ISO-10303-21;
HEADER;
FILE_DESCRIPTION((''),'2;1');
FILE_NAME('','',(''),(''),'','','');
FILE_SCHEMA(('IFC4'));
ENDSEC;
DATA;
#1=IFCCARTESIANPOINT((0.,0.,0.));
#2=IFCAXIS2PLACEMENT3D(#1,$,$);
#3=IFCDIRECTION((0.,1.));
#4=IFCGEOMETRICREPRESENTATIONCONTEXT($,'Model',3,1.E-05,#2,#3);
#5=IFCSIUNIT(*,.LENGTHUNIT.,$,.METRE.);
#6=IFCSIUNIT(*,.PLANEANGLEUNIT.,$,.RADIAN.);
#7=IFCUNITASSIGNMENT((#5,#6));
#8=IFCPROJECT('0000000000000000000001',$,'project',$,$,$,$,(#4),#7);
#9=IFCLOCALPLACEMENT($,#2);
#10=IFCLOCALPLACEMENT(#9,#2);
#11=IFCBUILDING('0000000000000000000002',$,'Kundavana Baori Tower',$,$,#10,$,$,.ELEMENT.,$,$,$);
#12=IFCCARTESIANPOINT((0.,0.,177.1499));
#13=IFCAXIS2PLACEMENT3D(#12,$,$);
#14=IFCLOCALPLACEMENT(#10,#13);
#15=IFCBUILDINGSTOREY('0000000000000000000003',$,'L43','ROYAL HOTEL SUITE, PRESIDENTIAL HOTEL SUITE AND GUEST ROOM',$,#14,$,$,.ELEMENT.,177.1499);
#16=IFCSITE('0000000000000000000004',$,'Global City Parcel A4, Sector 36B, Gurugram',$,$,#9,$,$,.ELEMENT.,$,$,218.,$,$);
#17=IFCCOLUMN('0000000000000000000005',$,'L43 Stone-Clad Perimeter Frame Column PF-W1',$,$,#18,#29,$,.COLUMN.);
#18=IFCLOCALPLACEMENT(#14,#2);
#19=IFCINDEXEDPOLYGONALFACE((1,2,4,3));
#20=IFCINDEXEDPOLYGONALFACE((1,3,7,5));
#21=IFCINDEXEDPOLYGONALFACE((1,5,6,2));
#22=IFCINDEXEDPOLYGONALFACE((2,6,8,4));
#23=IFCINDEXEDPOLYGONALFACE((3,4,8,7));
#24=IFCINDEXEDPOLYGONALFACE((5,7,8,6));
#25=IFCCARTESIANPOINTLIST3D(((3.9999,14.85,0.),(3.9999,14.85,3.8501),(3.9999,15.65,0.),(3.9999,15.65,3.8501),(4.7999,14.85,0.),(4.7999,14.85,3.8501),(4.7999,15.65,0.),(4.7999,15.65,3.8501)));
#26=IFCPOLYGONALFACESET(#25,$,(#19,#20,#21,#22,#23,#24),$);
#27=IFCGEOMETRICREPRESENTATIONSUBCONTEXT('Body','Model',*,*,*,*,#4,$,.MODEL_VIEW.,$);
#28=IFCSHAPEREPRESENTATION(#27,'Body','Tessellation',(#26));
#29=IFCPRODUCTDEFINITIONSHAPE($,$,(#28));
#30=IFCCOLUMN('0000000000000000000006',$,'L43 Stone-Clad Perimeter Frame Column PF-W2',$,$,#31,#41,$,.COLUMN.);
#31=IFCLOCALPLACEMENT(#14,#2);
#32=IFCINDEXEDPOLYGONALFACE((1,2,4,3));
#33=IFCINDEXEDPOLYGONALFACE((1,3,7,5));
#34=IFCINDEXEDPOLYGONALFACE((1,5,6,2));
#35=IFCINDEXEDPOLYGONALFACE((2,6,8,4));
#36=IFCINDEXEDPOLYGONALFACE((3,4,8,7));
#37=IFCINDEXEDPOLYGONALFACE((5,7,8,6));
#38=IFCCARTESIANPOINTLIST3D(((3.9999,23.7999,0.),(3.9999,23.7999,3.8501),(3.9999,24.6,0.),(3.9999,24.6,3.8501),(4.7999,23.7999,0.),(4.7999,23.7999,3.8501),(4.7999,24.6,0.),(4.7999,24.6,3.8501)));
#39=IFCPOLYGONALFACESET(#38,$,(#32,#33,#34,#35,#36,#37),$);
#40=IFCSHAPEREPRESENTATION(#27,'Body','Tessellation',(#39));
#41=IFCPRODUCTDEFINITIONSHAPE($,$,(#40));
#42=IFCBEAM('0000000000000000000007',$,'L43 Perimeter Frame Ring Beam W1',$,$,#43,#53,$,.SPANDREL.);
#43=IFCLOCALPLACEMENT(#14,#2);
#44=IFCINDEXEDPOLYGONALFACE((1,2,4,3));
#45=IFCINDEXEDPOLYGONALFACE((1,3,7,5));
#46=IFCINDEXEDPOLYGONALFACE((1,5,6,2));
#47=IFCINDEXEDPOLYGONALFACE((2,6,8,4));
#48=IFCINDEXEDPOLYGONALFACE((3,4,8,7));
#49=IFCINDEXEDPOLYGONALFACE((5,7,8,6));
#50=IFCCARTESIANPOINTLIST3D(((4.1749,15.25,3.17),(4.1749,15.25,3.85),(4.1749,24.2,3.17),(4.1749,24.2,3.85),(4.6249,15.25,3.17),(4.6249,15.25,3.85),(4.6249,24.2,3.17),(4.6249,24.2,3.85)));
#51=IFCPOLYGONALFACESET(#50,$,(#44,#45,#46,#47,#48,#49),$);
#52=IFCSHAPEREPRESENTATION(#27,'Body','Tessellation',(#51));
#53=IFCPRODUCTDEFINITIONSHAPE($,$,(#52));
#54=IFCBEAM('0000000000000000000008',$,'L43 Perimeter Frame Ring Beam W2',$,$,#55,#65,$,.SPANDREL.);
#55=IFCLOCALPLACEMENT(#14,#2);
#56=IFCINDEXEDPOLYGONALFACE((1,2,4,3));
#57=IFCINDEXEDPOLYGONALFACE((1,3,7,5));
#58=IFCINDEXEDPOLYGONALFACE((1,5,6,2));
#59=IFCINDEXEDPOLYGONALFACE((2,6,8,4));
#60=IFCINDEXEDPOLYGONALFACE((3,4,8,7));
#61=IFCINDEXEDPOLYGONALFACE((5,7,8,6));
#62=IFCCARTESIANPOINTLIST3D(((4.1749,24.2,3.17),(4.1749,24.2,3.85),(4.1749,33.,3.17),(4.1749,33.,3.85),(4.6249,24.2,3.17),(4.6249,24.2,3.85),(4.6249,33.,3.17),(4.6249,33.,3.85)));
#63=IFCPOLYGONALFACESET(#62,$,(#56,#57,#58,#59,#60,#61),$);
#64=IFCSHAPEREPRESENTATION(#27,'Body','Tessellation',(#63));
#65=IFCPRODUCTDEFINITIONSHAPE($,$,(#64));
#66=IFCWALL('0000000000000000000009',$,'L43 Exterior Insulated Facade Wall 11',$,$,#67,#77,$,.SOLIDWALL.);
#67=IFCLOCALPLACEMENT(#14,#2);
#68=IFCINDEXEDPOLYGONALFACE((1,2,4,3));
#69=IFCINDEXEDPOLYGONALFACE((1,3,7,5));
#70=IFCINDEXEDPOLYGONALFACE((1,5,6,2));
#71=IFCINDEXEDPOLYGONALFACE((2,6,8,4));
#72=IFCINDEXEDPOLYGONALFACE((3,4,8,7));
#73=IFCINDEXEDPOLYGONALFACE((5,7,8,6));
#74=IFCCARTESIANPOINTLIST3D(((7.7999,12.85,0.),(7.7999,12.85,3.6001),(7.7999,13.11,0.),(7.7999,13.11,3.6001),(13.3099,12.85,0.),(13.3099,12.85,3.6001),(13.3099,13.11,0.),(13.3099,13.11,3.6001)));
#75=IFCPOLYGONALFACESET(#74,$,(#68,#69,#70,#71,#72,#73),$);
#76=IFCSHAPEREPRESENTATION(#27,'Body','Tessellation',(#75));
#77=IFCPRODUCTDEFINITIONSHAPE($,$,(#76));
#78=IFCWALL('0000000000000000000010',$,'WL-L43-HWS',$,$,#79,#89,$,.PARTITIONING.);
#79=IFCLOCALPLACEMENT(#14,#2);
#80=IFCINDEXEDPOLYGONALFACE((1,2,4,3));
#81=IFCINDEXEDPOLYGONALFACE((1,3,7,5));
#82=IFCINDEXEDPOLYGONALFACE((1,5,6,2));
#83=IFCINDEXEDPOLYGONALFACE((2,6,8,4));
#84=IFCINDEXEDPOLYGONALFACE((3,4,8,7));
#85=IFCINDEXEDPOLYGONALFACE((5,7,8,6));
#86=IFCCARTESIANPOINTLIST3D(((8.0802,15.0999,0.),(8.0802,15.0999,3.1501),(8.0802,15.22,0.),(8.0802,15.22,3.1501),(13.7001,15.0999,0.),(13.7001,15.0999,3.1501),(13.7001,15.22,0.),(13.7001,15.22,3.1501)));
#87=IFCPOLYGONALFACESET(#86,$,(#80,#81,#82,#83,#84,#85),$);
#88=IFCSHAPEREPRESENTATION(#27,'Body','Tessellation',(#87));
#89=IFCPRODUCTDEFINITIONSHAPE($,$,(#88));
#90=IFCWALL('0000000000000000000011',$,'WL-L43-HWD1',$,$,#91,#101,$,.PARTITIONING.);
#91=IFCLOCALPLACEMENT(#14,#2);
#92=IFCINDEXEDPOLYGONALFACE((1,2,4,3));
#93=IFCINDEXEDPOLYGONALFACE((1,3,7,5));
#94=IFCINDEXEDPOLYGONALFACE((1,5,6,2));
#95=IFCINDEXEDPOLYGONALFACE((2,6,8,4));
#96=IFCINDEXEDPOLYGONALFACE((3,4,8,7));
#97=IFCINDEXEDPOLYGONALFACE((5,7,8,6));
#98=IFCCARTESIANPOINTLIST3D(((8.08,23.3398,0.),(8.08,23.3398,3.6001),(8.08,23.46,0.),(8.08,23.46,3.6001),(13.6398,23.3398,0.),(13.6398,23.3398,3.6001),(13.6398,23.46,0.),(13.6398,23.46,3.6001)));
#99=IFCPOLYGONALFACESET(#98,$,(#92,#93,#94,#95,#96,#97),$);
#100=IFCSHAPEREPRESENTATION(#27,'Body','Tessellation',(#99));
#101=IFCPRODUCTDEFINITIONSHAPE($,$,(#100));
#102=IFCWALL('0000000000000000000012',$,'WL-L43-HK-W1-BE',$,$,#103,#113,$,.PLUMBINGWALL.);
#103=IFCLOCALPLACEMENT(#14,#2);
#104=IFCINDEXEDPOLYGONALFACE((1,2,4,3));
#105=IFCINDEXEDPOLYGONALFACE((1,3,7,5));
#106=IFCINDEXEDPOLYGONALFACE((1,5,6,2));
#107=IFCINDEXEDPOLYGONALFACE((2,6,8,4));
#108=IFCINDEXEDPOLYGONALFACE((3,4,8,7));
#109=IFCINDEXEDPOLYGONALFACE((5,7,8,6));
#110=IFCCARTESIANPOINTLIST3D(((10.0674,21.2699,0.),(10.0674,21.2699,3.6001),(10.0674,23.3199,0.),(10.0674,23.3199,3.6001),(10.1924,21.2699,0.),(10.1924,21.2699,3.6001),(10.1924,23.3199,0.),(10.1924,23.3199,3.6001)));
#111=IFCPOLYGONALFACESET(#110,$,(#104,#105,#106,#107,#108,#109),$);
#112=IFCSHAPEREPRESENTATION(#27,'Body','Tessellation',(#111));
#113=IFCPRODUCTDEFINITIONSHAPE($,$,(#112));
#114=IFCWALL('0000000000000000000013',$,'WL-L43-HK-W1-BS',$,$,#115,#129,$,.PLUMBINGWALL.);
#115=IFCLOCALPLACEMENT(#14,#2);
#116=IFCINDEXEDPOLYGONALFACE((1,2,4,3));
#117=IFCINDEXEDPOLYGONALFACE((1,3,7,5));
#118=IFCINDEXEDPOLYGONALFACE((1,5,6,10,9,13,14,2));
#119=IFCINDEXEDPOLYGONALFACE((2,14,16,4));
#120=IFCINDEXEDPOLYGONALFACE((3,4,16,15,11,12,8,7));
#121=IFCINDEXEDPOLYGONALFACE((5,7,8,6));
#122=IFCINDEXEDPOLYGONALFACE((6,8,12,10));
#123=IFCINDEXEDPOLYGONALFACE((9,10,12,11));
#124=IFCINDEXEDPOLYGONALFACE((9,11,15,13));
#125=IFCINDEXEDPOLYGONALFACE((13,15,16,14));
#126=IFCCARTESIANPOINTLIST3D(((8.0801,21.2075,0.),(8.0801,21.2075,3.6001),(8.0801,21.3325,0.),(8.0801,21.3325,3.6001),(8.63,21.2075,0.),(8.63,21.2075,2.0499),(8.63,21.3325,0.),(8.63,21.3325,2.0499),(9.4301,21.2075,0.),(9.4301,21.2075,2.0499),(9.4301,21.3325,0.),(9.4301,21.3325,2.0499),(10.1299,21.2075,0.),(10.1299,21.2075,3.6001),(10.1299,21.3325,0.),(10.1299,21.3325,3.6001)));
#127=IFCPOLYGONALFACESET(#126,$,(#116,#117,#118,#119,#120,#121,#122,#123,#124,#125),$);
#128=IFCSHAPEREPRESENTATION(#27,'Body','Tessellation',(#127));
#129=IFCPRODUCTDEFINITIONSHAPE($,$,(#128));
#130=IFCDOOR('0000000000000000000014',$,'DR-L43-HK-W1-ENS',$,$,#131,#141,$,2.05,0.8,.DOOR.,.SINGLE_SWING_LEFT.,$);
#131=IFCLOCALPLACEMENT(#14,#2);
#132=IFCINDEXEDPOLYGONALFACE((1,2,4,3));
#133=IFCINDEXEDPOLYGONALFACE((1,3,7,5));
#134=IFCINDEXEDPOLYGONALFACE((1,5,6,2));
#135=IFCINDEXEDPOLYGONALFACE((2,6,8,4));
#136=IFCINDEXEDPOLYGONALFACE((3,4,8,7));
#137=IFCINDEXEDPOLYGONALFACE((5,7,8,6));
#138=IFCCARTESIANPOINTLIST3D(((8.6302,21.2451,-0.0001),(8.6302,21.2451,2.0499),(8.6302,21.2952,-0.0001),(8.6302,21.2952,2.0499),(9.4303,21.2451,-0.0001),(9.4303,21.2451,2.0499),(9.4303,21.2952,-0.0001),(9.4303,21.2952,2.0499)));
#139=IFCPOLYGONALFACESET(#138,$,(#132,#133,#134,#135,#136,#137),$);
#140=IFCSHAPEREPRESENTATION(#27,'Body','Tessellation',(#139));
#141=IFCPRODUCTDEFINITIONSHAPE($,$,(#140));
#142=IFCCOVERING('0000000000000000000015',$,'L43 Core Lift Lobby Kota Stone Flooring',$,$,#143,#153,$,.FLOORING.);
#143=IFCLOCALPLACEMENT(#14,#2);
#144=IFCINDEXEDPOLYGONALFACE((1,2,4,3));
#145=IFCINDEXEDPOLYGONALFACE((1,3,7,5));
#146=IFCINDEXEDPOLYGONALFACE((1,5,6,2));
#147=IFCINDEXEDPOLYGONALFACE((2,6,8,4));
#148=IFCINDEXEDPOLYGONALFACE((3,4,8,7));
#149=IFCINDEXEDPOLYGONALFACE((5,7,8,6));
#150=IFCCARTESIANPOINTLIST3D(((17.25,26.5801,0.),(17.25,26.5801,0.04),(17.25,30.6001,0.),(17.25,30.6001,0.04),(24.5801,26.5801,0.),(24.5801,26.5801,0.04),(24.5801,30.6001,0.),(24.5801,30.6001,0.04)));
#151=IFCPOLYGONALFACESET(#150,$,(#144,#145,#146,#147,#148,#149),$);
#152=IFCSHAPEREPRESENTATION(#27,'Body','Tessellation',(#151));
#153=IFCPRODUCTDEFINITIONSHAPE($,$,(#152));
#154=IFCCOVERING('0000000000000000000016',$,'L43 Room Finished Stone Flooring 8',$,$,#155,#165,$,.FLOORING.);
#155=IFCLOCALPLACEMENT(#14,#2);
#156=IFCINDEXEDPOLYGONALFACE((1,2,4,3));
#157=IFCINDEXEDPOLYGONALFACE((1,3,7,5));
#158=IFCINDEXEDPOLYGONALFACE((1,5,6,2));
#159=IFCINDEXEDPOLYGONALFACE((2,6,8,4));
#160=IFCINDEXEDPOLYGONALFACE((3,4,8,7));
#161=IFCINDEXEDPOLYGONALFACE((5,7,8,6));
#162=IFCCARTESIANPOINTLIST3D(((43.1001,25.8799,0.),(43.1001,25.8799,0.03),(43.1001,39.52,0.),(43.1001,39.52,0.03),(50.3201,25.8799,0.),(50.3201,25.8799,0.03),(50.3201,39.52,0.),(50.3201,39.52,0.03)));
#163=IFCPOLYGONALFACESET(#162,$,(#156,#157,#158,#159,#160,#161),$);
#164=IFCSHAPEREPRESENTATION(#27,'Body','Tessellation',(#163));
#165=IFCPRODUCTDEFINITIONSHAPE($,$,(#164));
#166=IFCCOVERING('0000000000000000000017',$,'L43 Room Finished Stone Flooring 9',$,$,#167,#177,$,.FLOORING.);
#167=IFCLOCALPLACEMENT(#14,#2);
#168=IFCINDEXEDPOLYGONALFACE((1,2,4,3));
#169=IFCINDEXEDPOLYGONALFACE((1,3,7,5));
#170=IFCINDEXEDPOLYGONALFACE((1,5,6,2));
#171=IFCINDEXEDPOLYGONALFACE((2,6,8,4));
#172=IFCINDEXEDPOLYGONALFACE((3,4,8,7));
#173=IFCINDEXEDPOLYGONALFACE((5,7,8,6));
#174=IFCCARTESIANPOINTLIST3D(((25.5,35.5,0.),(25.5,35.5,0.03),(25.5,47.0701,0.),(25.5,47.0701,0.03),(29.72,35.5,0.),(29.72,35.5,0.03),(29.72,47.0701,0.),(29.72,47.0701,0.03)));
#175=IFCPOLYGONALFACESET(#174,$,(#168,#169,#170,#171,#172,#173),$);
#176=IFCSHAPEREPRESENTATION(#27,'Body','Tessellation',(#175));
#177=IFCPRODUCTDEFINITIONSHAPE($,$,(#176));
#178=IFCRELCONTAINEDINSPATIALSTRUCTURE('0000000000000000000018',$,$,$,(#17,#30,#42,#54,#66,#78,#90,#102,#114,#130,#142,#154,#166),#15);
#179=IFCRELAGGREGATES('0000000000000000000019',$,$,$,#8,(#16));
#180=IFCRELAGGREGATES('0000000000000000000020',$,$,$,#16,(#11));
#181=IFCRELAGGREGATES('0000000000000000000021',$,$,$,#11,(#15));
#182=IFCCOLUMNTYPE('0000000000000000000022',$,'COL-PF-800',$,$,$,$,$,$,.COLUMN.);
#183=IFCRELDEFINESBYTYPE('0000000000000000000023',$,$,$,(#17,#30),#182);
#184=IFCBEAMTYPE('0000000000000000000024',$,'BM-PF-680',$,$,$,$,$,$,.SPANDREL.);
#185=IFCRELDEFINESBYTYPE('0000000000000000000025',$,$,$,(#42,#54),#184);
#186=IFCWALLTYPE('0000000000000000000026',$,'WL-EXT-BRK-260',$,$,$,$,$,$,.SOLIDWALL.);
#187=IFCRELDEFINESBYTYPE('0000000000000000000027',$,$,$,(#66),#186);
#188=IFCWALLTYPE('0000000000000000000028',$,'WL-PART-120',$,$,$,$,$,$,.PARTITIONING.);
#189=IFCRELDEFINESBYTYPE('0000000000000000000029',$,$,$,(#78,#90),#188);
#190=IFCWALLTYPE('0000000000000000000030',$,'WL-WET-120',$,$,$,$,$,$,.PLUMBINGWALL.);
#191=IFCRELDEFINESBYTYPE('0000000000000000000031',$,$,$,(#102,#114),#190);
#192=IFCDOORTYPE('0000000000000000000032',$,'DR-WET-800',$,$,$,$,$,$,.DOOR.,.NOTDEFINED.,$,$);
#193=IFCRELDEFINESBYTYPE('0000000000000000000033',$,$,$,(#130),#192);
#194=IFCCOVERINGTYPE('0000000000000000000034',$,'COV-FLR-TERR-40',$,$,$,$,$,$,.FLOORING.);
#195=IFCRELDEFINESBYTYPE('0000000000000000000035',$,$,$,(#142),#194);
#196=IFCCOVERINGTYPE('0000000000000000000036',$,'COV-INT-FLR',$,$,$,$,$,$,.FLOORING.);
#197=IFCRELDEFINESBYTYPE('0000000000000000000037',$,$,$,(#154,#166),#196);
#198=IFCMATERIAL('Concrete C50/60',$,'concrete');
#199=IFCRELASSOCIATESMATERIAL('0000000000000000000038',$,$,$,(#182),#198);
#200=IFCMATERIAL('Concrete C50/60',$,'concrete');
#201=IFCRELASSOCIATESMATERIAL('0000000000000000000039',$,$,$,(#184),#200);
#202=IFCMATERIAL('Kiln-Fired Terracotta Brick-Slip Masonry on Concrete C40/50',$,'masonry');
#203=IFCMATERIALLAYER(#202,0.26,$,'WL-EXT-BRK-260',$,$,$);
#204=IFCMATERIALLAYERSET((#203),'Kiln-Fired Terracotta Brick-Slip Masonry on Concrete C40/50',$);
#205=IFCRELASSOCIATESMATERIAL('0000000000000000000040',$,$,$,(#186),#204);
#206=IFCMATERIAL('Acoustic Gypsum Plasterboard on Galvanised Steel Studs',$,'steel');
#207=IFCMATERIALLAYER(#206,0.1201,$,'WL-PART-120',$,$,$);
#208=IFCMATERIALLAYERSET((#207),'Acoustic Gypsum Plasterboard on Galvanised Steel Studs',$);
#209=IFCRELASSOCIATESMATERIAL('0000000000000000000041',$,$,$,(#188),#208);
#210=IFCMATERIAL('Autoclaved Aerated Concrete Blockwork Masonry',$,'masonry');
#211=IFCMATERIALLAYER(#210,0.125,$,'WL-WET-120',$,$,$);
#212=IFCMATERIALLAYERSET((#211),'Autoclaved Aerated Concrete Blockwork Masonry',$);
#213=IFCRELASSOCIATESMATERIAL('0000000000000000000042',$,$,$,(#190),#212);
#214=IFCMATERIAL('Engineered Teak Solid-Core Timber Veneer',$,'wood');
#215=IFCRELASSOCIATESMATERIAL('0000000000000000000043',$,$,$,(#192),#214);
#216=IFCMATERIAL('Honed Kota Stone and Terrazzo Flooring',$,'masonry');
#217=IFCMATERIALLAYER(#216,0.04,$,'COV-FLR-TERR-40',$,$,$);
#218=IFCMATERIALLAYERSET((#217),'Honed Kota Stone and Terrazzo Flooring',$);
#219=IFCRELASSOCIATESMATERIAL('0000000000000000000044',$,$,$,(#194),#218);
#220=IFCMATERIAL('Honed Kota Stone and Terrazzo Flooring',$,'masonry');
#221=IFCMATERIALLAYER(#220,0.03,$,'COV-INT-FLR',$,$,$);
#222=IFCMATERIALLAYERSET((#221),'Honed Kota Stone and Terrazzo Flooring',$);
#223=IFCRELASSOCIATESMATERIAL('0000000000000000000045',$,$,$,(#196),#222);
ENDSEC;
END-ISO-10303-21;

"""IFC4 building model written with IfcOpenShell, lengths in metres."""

from ifc_helpers import new_model, si_unit, direction, frame, frame_2d, origin, origin_2d, place, context, subcontext, project, spatial, polyline, rectangle, outline, extrude, material, layer, layer_set, material_profile, profile_set, type_object, element, fill, save


model = new_model("IFC4")

# Units and contexts
model_context = context("Model", 3, precision=1e-05, world=origin(), true_north=direction((0.0, 1.0)))
body_context = subcontext(model_context, "Body", "Model", "MODEL_VIEW")
ifc_project = project(units=[si_unit("LENGTHUNIT", "METRE"), si_unit("PLANEANGLEUNIT", "RADIAN")], contexts=[model_context])

# Site, building, storey
site_placement = place(None, origin())
site = spatial("IfcSite", under=ifc_project, at=site_placement, Name="Global City Parcel A4, Sector 36B, Gurugram", CompositionType="ELEMENT", RefElevation=218.0)
building_placement = place(site_placement, origin())
building = spatial("IfcBuilding", under=site, at=building_placement, Name="Kundavana Baori Tower", CompositionType="ELEMENT")
storey_placement = place(building_placement, frame((0.0, 0.0, 177.1499)))
storey = spatial("IfcBuildingStorey", under=building, at=storey_placement, Name="L43", Description="ROYAL HOTEL SUITE, PRESIDENTIAL HOTEL SUITE AND GUEST ROOM", CompositionType="ELEMENT", Elevation=177.1499)

# Columns
ifc_material_1 = material(Name="Concrete C50/60", Category="concrete")
ifc_material_profile_1 = material_profile(ifc_material_1, rectangle(XDim=0.8, YDim=0.8, at=origin_2d()), Name="RC PF 800x800")
ifc_profile_set_1 = profile_set([ifc_material_profile_1], Name="Concrete C50/60")
column_type = type_object("IfcColumnType", Name="COL-PF-800", PredefinedType="COLUMN", material=ifc_profile_set_1)
for number, where, z_axis, x_axis, name in (
    (1, (4.3999, 15.25, 0.0), (0.0, 0.0, 1.0), (1.0, 0.0, 0.0), "L43 Stone-Clad Perimeter Frame Column PF-W1"),
    (2, (4.3999, 24.2, 0.0), (0.0, 0.0, 1.0), (1.0, 0.0, 0.0), "L43 Stone-Clad Perimeter Frame Column PF-W2"),
):
    element("IfcColumn", number, at=place(storey_placement, frame(where, z_axis=z_axis, x_axis=x_axis)), inside=storey, type_object=column_type, Name=name, PredefinedType="COLUMN", context=body_context, shape_type="SweptSolid", body=[
        extrude(rectangle(XDim=0.8, YDim=0.8, at=origin_2d()), origin(), (0.0, 0.0, 1.0), 3.8501),
    ])

# Beams
ifc_material_2 = material(Name="Concrete C50/60", Category="concrete")
ifc_material_profile_2 = material_profile(ifc_material_2, rectangle(XDim=0.45, YDim=0.6799, at=origin_2d()), Name="RC BM 450x680")
ifc_profile_set_2 = profile_set([ifc_material_profile_2], Name="Concrete C50/60")
beam_type = type_object("IfcBeamType", Name="BM-PF-680", PredefinedType="SPANDREL", material=ifc_profile_set_2)
beam_1_placement = place(storey_placement, frame((4.3999, 15.25, 3.51), z_axis=(0.0, 1.0, 0.0), x_axis=(-1.0, 0.0, 0.0)))
element("IfcBeam", 3, at=beam_1_placement, inside=storey, type_object=beam_type, Name="L43 Perimeter Frame Ring Beam W1", PredefinedType="SPANDREL", context=body_context, shape_type="SweptSolid", body=[
    extrude(rectangle(XDim=0.45, YDim=0.6799, at=origin_2d()), origin(), (0.0, 0.0, 1.0), 8.95),
])
beam_2_placement = place(storey_placement, frame((4.3999, 24.2, 3.51), z_axis=(0.0, 1.0, 0.0), x_axis=(-1.0, 0.0, 0.0)))
element("IfcBeam", 4, at=beam_2_placement, inside=storey, type_object=beam_type, Name="L43 Perimeter Frame Ring Beam W2", PredefinedType="SPANDREL", context=body_context, shape_type="SweptSolid", body=[
    extrude(rectangle(XDim=0.45, YDim=0.6799, at=origin_2d()), origin(), (0.0, 0.0, 1.0), 8.8),
])

# Shared definitions
ifc_material_3 = material(Name="Kiln-Fired Terracotta Brick-Slip Masonry on Concrete C40/50", Category="masonry")
ifc_layer_1 = layer(ifc_material_3, 0.26, Name="WL-EXT-BRK-260")
ifc_layer_set_1 = layer_set([ifc_layer_1], Name="Kiln-Fired Terracotta Brick-Slip Masonry on Concrete C40/50")
wall_type_1 = type_object("IfcWallType", Name="WL-EXT-BRK-260", PredefinedType="SOLIDWALL", material=ifc_layer_set_1)

# Walls
wall_1_placement = place(storey_placement, frame((7.8, 12.98, 0.0), z_axis=(0.0, 0.0, 1.0), x_axis=(1.0, 0.0, 0.0)))
element("IfcWall", 5, at=wall_1_placement, inside=storey, type_object=wall_type_1, Name="L43 Exterior Insulated Facade Wall 11", PredefinedType="SOLIDWALL", context=body_context, shape_type="SweptSolid", body=[
    extrude(rectangle(XDim=5.51, YDim=0.26, at=frame_2d((2.7549, 0.0))), origin(), (0.0, 0.0, 1.0), 3.6001),
])
ifc_material_4 = material(Name="Acoustic Gypsum Plasterboard on Galvanised Steel Studs", Category="steel")
ifc_layer_2 = layer(ifc_material_4, 0.1201, Name="WL-PART-120")
ifc_layer_set_2 = layer_set([ifc_layer_2], Name="Acoustic Gypsum Plasterboard on Galvanised Steel Studs")
wall_type_2 = type_object("IfcWallType", Name="WL-PART-120", PredefinedType="PARTITIONING", material=ifc_layer_set_2)
wall_2_placement = place(storey_placement, frame((8.0801, 15.1599, 0.0), z_axis=(0.0, 0.0, 1.0), x_axis=(1.0, 0.0, 0.0)))
element("IfcWall", 6, at=wall_2_placement, inside=storey, type_object=wall_type_2, Name="WL-L43-HWS", PredefinedType="PARTITIONING", context=body_context, shape_type="SweptSolid", body=[
    extrude(rectangle(XDim=5.6199, YDim=0.1201, at=frame_2d((2.8101, 0.0))), origin(), (0.0, 0.0, 1.0), 3.1501),
])
wall_3_placement = place(storey_placement, frame((8.0801, 23.3999, 0.0), z_axis=(0.0, 0.0, 1.0), x_axis=(1.0, 0.0, 0.0)))
element("IfcWall", 7, at=wall_3_placement, inside=storey, type_object=wall_type_2, Name="WL-L43-HWD1", PredefinedType="PARTITIONING", context=body_context, shape_type="SweptSolid", body=[
    extrude(rectangle(XDim=5.5598, YDim=0.1201, at=frame_2d((2.7798, 0.0))), origin(), (0.0, 0.0, 1.0), 3.6001),
])
ifc_material_5 = material(Name="Autoclaved Aerated Concrete Blockwork Masonry", Category="masonry")
ifc_layer_3 = layer(ifc_material_5, 0.125, Name="WL-WET-120")
ifc_layer_set_3 = layer_set([ifc_layer_3], Name="Autoclaved Aerated Concrete Blockwork Masonry")
wall_type_3 = type_object("IfcWallType", Name="WL-WET-120", PredefinedType="PLUMBINGWALL", material=ifc_layer_set_3)
wall_4_placement = place(storey_placement, frame((10.1299, 21.27, 0.0), z_axis=(0.0, 0.0, 1.0), x_axis=(0.0, 1.0, 0.0)))
element("IfcWall", 8, at=wall_4_placement, inside=storey, type_object=wall_type_3, Name="WL-L43-HK-W1-BE", PredefinedType="PLUMBINGWALL", context=body_context, shape_type="SweptSolid", body=[
    extrude(rectangle(XDim=2.05, YDim=0.125, at=frame_2d((1.0249, 0.0))), origin(), (0.0, 0.0, 1.0), 3.6001),
])

# Wall, opening, door
wall_5_placement = place(storey_placement, frame((8.0801, 21.27, 0.0), z_axis=(0.0, 0.0, 1.0), x_axis=(1.0, 0.0, 0.0)))
wall_5 = element("IfcWall", 9, at=wall_5_placement, inside=storey, type_object=wall_type_3, Name="WL-L43-HK-W1-BS", PredefinedType="PLUMBINGWALL", context=body_context, shape_type="SweptSolid", body=[
    extrude(rectangle(XDim=2.0498, YDim=0.125, at=frame_2d((1.0249, 0.0))), origin(), (0.0, 0.0, 1.0), 3.6001),
])
opening_1_placement = place(wall_5_placement, frame((0.55, 0.0, 0.0)))
opening_1 = element("IfcOpeningElement", 10, at=opening_1_placement, cuts=wall_5, PredefinedType="OPENING", context=body_context, shape_type="SweptSolid", body=[
    extrude(rectangle(XDim=0.8, YDim=2.05, at=frame_2d((0.3999, 1.0249))), frame((0.0, 0.0725, 0.0), z_axis=(0.0, -1.0, 0.0), x_axis=(1.0, 0.0, 0.0)), (0.0, 0.0, 1.0), 0.145),
])
ifc_material_6 = material(Name="Engineered Teak Solid-Core Timber Veneer", Category="wood")
door_type_1 = type_object("IfcDoorType", Name="DR-WET-800", OperationType="NOTDEFINED", PredefinedType="DOOR", material=ifc_material_6)
door_1_placement = place(opening_1_placement, frame((0.8, 0.0, 0.0), z_axis=(0.0, 0.0, 1.0), x_axis=(-1.0, 0.0, 0.0)))
door_1 = element("IfcDoor", 11, at=door_1_placement, inside=storey, type_object=door_type_1, Name="DR-L43-HK-W1-ENS", OperationType="SINGLE_SWING_LEFT", OverallHeight=2.05, OverallWidth=0.8, PredefinedType="DOOR", context=body_context, shape_type="SweptSolid", body=[
    extrude(rectangle(XDim=0.8, YDim=2.05, at=frame_2d((0.3999, 1.0249))), frame((0.0, 0.0249, 0.0), z_axis=(0.0, -1.0, 0.0), x_axis=(1.0, 0.0, 0.0)), (0.0, 0.0, 1.0), 0.05),
])
fill(opening_1, door_1)

# Coverings
ifc_material_7 = material(Name="Honed Kota Stone and Terrazzo Flooring", Category="masonry")
ifc_layer_4 = layer(ifc_material_7, 0.04, Name="COV-FLR-TERR-40")
ifc_layer_set_4 = layer_set([ifc_layer_4], Name="Honed Kota Stone and Terrazzo Flooring")
covering_type_1 = type_object("IfcCoveringType", Name="COV-FLR-TERR-40", PredefinedType="FLOORING", material=ifc_layer_set_4)
covering_1_placement = place(storey_placement, origin())
element("IfcCovering", 12, at=covering_1_placement, inside=storey, type_object=covering_type_1, Name="L43 Core Lift Lobby Kota Stone Flooring", PredefinedType="FLOORING", context=body_context, shape_type="SweptSolid", body=[
    extrude(outline(polyline([(17.25, 26.5801), (24.5801, 26.5801), (24.5801, 30.6001), (17.25, 30.6001), (17.25, 26.5801)])), origin(), (0.0, 0.0, 1.0), 0.04),
])
ifc_material_8 = material(Name="Honed Kota Stone and Terrazzo Flooring", Category="masonry")
ifc_layer_5 = layer(ifc_material_8, 0.03, Name="COV-INT-FLR")
ifc_layer_set_5 = layer_set([ifc_layer_5], Name="Honed Kota Stone and Terrazzo Flooring")
covering_type_2 = type_object("IfcCoveringType", Name="COV-INT-FLR", PredefinedType="FLOORING", material=ifc_layer_set_5)
covering_2_placement = place(storey_placement, origin())
element("IfcCovering", 13, at=covering_2_placement, inside=storey, type_object=covering_type_2, Name="L43 Room Finished Stone Flooring 8", PredefinedType="FLOORING", context=body_context, shape_type="SweptSolid", body=[
    extrude(outline(polyline([(43.1001, 25.8799), (50.3201, 25.8799), (50.3201, 39.52), (43.1001, 39.52), (43.1001, 25.8799)])), origin(), (0.0, 0.0, 1.0), 0.03),
])
covering_3_placement = place(storey_placement, origin())
element("IfcCovering", 14, at=covering_3_placement, inside=storey, type_object=covering_type_2, Name="L43 Room Finished Stone Flooring 9", PredefinedType="FLOORING", context=body_context, shape_type="SweptSolid", body=[
    extrude(outline(polyline([(25.5, 35.5), (29.72, 35.5), (29.72, 47.0701), (25.5, 47.0701), (25.5, 35.5)])), origin(), (0.0, 0.0, 1.0), 0.03),
])

save(model, "model.ifc")
